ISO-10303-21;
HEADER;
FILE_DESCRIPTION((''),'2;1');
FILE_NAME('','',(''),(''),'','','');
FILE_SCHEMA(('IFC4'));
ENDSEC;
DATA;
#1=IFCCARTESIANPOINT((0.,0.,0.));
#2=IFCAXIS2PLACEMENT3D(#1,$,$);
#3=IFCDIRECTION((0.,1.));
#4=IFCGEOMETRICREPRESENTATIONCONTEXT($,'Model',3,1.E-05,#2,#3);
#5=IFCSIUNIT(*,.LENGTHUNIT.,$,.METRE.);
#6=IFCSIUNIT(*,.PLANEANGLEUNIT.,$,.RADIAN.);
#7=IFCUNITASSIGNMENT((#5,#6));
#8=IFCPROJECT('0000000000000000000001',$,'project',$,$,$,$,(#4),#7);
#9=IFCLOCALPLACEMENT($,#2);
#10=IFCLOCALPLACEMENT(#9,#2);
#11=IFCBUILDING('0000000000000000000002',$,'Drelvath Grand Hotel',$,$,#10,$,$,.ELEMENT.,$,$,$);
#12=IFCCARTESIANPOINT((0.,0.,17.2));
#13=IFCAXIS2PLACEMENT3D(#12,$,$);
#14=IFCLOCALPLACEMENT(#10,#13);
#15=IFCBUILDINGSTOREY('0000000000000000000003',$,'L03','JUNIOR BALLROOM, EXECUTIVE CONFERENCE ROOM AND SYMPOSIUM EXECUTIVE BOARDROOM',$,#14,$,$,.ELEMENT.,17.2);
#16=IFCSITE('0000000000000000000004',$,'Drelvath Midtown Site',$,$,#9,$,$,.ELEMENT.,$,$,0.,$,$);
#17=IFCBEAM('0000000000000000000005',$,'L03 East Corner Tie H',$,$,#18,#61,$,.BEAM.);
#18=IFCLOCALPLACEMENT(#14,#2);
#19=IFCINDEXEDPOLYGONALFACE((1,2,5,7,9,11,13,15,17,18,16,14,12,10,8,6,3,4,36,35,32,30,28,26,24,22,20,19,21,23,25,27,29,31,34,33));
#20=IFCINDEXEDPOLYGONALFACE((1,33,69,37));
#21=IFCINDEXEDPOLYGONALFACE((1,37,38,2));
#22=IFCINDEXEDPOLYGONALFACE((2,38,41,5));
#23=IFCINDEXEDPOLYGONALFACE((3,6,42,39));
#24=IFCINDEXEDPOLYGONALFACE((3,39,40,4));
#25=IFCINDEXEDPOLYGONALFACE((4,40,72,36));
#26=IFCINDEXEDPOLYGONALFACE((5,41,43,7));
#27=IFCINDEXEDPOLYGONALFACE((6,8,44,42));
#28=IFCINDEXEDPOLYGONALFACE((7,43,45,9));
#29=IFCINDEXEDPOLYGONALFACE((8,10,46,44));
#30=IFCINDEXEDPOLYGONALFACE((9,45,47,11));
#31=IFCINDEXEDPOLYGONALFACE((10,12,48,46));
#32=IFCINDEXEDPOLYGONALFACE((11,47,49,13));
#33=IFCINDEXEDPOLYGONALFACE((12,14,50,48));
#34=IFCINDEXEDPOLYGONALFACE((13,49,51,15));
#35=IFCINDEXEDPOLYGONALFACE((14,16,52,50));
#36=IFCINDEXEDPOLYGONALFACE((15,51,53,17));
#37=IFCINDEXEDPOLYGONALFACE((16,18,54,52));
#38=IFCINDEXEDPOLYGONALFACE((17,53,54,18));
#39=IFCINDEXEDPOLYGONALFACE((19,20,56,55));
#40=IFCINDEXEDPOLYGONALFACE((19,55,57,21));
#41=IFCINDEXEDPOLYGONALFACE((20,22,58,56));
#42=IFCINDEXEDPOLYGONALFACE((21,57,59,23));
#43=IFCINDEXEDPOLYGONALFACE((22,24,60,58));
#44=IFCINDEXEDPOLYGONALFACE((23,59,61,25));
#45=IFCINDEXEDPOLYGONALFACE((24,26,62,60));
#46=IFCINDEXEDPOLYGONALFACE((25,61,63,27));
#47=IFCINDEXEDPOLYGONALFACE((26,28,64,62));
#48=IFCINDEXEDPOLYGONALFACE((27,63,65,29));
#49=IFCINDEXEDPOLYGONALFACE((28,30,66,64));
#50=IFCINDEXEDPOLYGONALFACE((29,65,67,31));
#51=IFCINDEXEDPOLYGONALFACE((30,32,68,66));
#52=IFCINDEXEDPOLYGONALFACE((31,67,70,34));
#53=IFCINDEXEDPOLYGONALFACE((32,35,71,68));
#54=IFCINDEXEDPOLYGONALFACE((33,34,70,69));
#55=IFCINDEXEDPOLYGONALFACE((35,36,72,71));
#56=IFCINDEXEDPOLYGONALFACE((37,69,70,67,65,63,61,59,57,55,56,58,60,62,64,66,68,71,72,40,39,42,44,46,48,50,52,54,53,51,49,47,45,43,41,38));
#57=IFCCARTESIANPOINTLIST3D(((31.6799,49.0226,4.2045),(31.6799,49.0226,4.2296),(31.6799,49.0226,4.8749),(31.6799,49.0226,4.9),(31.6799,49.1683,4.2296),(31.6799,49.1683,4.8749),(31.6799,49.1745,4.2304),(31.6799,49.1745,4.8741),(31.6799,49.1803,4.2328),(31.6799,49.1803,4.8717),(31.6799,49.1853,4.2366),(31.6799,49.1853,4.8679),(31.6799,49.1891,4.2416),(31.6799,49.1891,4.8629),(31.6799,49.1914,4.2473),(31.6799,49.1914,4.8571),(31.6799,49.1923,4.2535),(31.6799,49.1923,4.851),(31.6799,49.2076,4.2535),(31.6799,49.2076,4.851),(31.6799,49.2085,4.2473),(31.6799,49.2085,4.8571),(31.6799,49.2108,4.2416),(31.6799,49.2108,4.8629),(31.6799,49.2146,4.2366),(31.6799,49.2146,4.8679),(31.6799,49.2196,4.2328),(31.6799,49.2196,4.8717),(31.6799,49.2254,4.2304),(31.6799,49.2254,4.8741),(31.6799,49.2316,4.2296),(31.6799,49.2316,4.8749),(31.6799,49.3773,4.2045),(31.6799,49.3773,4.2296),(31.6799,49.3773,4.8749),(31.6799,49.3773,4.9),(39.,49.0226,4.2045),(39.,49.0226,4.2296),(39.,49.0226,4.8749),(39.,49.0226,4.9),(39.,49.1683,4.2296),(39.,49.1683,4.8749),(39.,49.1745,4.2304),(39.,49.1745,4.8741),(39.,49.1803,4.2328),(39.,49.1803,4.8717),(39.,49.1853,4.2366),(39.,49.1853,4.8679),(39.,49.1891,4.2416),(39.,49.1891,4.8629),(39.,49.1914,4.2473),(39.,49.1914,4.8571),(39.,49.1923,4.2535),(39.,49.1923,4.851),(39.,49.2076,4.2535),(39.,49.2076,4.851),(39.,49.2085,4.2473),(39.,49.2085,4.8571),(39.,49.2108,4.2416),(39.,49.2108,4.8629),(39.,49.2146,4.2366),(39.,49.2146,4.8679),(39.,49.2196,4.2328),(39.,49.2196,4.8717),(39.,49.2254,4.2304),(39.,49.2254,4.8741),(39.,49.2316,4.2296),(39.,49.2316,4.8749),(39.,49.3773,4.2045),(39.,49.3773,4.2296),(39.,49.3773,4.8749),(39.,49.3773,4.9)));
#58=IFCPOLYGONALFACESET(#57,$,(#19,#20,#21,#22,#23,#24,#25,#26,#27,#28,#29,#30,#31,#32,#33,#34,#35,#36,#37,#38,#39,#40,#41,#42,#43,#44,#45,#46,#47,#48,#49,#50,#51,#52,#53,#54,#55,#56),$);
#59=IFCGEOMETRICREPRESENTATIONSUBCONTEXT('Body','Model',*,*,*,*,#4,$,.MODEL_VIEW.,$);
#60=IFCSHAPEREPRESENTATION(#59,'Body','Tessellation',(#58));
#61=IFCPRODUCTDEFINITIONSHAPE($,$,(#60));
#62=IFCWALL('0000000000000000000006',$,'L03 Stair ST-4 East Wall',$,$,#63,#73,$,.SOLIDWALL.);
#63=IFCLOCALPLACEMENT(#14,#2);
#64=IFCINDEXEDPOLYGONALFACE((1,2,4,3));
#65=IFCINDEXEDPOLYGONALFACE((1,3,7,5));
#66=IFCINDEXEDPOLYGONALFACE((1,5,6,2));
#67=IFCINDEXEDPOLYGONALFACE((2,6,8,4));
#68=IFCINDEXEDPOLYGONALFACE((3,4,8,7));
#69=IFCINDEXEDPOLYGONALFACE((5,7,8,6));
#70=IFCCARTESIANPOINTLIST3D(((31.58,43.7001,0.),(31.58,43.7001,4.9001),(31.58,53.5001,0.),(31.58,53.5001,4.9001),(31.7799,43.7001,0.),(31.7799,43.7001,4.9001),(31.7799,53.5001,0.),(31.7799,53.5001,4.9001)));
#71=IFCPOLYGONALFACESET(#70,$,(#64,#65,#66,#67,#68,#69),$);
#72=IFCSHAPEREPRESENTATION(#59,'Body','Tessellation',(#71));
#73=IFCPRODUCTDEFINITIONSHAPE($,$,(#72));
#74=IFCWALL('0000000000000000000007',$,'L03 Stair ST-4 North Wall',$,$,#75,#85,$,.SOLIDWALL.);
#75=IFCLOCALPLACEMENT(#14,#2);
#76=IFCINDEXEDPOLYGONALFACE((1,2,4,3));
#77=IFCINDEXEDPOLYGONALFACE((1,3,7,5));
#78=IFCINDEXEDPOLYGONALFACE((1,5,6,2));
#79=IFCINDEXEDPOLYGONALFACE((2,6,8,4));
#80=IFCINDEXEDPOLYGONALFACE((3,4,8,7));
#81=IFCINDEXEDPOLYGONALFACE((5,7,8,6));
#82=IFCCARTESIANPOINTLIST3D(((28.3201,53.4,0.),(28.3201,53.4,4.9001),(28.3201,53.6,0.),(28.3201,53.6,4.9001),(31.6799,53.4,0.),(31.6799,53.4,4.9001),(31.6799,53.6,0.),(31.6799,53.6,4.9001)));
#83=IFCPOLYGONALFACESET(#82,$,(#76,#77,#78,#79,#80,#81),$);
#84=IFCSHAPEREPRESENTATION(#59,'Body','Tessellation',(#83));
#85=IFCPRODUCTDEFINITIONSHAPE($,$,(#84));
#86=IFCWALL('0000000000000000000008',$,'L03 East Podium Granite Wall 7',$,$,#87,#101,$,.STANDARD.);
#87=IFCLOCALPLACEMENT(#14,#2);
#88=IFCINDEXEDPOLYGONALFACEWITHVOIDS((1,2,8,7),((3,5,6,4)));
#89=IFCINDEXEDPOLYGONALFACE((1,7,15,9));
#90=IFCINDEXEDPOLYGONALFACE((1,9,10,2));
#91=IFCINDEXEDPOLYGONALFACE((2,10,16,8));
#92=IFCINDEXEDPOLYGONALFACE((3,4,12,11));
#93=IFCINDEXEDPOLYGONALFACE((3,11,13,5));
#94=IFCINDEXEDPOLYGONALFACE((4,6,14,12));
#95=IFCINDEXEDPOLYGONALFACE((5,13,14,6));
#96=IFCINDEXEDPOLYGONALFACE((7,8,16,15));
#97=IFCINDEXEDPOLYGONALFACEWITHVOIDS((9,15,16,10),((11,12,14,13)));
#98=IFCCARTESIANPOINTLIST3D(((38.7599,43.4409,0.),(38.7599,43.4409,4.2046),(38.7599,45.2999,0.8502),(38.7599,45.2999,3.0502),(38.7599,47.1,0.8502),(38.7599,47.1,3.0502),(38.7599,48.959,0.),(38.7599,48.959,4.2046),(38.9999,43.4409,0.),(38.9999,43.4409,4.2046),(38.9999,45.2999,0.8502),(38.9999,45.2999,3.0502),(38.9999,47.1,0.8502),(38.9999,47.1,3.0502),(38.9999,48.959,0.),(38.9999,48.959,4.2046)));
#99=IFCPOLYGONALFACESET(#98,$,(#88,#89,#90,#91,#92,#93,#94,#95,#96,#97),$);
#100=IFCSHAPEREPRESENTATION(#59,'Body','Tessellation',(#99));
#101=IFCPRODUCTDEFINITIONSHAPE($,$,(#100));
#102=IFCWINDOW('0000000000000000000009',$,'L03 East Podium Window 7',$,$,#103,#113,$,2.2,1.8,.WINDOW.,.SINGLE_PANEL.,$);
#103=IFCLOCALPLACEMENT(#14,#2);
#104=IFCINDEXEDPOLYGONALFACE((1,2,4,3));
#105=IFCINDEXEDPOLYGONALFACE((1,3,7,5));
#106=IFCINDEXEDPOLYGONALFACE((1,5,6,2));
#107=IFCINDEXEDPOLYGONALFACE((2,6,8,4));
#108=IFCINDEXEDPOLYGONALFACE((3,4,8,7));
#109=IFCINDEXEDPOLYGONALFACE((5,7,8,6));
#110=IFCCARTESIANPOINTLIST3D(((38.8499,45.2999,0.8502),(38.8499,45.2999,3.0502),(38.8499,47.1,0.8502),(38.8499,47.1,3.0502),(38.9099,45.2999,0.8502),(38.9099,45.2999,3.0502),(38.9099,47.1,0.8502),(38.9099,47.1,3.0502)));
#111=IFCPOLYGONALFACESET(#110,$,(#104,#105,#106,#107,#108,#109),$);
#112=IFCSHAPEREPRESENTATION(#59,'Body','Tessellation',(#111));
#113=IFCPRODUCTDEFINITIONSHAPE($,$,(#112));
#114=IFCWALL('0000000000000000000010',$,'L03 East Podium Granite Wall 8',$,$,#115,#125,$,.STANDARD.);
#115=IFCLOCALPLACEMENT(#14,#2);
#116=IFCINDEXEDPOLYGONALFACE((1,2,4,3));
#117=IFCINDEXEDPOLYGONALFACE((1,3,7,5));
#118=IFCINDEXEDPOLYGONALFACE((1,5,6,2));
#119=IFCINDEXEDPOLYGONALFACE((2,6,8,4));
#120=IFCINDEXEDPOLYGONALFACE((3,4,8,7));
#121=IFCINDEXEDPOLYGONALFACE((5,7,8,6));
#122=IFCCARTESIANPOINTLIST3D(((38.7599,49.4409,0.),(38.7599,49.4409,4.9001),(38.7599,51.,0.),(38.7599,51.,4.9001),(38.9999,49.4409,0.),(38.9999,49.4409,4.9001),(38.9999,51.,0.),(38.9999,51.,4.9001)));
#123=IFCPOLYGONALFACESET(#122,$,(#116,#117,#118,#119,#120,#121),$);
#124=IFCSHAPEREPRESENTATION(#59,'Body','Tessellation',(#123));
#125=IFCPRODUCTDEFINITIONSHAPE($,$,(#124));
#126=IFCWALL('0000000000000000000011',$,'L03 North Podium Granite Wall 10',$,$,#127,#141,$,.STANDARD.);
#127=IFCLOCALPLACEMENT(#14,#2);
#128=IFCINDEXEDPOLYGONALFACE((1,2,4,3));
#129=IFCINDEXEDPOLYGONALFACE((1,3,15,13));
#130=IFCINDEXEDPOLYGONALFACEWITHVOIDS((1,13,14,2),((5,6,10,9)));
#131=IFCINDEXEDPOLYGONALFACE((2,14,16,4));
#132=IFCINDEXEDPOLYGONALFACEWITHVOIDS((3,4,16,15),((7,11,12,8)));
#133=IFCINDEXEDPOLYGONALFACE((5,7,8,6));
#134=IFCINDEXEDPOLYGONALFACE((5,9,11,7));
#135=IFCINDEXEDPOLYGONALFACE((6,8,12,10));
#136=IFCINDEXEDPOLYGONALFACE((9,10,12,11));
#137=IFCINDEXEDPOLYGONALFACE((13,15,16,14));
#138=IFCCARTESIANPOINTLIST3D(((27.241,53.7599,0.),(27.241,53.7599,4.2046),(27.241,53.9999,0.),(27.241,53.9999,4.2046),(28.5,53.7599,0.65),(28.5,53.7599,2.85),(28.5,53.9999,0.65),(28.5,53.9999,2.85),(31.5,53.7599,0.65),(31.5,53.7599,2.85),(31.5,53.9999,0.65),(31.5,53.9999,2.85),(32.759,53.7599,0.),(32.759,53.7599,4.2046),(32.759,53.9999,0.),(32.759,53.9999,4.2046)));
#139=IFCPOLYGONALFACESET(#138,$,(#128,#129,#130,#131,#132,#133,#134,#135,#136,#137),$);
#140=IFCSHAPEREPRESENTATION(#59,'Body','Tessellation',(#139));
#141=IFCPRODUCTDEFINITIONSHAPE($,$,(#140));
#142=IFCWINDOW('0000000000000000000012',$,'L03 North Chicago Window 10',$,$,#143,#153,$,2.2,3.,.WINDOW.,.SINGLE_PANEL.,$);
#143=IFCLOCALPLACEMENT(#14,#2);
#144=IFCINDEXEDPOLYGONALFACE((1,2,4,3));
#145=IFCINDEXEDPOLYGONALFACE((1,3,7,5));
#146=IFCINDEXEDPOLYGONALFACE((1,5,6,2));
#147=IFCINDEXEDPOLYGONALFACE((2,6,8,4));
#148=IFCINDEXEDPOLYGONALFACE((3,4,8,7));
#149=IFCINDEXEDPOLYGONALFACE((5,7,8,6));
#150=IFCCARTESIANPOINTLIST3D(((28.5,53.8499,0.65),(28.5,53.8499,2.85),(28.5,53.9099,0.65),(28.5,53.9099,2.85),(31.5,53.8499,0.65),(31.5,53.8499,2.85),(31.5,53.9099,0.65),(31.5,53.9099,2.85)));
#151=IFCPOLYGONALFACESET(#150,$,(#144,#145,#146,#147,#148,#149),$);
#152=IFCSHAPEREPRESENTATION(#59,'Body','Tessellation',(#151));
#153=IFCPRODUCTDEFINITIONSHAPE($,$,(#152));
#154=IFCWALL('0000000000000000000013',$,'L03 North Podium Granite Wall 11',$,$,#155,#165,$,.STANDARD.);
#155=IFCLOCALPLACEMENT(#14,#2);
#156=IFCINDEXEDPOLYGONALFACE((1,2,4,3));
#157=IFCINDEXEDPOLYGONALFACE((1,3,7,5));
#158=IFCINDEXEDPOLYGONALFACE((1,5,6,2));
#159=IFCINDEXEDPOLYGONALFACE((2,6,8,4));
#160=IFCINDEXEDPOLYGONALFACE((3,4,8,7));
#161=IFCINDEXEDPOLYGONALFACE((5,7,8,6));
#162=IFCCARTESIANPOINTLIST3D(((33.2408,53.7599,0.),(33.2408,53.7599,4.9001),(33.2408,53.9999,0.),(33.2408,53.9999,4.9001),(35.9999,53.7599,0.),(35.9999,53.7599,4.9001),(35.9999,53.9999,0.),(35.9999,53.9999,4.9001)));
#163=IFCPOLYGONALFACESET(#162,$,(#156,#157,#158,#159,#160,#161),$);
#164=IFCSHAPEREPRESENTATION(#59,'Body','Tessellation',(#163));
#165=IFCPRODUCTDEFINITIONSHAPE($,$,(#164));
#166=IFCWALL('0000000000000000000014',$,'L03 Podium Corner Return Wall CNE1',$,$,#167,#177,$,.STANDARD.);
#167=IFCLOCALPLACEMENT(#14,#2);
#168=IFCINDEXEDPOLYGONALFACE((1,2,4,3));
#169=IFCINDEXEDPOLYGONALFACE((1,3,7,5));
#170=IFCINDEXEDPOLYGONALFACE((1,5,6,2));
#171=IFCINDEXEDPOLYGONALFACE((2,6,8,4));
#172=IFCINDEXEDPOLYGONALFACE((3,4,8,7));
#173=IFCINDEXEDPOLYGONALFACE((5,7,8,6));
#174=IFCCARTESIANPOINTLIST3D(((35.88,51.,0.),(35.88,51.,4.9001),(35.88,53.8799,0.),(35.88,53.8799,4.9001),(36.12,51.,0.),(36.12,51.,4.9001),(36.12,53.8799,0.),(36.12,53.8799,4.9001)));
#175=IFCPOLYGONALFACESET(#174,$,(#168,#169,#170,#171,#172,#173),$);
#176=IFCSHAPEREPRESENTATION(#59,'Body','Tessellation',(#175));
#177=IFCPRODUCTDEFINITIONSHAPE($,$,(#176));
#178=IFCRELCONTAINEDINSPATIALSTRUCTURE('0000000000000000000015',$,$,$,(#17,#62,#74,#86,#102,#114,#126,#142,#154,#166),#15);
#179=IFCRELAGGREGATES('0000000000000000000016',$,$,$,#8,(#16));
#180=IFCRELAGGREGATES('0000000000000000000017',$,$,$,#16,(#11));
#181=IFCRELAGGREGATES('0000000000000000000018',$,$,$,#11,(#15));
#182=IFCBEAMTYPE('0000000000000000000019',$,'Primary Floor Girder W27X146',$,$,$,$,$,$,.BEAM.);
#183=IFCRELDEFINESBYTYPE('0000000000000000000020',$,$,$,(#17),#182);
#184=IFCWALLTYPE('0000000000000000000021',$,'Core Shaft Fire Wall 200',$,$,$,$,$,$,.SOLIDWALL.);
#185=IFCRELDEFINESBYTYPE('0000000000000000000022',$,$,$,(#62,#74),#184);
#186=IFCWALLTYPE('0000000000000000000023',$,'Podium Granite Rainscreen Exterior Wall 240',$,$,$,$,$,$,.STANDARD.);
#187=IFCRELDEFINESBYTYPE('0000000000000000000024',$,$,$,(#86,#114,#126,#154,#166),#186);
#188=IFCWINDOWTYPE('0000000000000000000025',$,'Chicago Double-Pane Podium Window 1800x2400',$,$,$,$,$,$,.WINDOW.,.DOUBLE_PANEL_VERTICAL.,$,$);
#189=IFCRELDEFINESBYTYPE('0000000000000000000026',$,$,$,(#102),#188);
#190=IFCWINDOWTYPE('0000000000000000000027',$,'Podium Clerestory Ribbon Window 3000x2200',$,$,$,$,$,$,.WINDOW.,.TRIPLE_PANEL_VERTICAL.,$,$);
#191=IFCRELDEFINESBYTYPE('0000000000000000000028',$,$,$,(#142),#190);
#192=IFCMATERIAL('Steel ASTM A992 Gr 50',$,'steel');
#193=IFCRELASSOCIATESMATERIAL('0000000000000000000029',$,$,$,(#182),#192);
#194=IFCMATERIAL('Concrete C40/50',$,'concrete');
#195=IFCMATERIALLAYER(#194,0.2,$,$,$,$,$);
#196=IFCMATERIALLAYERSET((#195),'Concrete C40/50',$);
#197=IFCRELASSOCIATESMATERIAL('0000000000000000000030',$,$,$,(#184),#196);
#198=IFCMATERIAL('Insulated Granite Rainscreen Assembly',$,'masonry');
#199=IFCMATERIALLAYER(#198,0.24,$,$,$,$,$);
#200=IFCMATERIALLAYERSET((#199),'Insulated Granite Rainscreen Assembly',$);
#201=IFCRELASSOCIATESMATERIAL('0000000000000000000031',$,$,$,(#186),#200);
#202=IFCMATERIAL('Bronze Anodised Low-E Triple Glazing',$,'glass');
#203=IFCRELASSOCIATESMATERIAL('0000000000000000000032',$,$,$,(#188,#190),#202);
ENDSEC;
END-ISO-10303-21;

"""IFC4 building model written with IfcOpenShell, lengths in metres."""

from ifc_helpers import new_model, si_unit, direction, frame, frame_2d, origin, origin_2d, place, context, subcontext, project, spatial, rectangle, i_section, extrude, material, layer, layer_set, material_profile, profile_set, type_object, element, fill, save


model = new_model("IFC4")

# Units and contexts
model_context = context("Model", 3, precision=1e-05, world=origin(), true_north=direction((0.0, 1.0)))
body_context = subcontext(model_context, "Body", "Model", "MODEL_VIEW")
ifc_project = project(units=[si_unit("LENGTHUNIT", "METRE"), si_unit("PLANEANGLEUNIT", "RADIAN")], contexts=[model_context])

# Site, building, storey
site_placement = place(None, origin())
site = spatial("IfcSite", under=ifc_project, at=site_placement, Name="Drelvath Midtown Site", CompositionType="ELEMENT", RefElevation=0.0)
building_placement = place(site_placement, origin())
building = spatial("IfcBuilding", under=site, at=building_placement, Name="Drelvath Grand Hotel", CompositionType="ELEMENT")
storey_placement = place(building_placement, frame((0.0, 0.0, 17.2)))
storey = spatial("IfcBuildingStorey", under=building, at=storey_placement, Name="L03", Description="JUNIOR BALLROOM, EXECUTIVE CONFERENCE ROOM AND SYMPOSIUM EXECUTIVE BOARDROOM", CompositionType="ELEMENT", Elevation=17.2)

# Beam
ifc_material_1 = material(Name="Steel ASTM A992 Gr 50", Category="steel")
ifc_material_profile_1 = material_profile(ifc_material_1, i_section(OverallWidth=0.3547, OverallDepth=0.6956, WebThickness=0.0154, FlangeThickness=0.0251, FilletRadius=0.0239, at=origin_2d()), Name="W27X146")
ifc_profile_set_1 = profile_set([ifc_material_profile_1], Name="Steel ASTM A992 Gr 50")
beam_type = type_object("IfcBeamType", Name="Primary Floor Girder W27X146", PredefinedType="BEAM", material=ifc_profile_set_1)
beam_placement = place(storey_placement, frame((31.6799, 49.2, 4.5522), z_axis=(1.0, 0.0, 0.0), x_axis=(0.0, 1.0, 0.0)))
element("IfcBeam", 1, at=beam_placement, inside=storey, type_object=beam_type, Name="L03 East Corner Tie H", PredefinedType="BEAM", context=body_context, shape_type="SweptSolid", body=[
    extrude(i_section(OverallWidth=0.3547, OverallDepth=0.6956, WebThickness=0.0154, FlangeThickness=0.0251, FilletRadius=0.0239, at=origin_2d()), origin(), (0.0, 0.0, 1.0), 7.3201),
])

# Walls
ifc_material_2 = material(Name="Concrete C40/50", Category="concrete")
ifc_layer_1 = layer(ifc_material_2, 0.2)
ifc_layer_set_1 = layer_set([ifc_layer_1], Name="Concrete C40/50")
wall_type_1 = type_object("IfcWallType", Name="Core Shaft Fire Wall 200", PredefinedType="SOLIDWALL", material=ifc_layer_set_1)
wall_1_placement = place(storey_placement, frame((31.6799, 53.5, 0.0), z_axis=(0.0, 0.0, 1.0), x_axis=(0.0, -1.0, 0.0)))
element("IfcWall", 2, at=wall_1_placement, inside=storey, type_object=wall_type_1, Name="L03 Stair ST-4 East Wall", PredefinedType="SOLIDWALL", context=body_context, shape_type="SweptSolid", body=[
    extrude(rectangle(XDim=9.8, YDim=0.2, at=frame_2d((4.8999, 0.0))), origin(), (0.0, 0.0, 1.0), 4.9001),
])
wall_2_placement = place(storey_placement, frame((31.6799, 53.5, 0.0), z_axis=(0.0, 0.0, 1.0), x_axis=(-1.0, 0.0, 0.0)))
element("IfcWall", 3, at=wall_2_placement, inside=storey, type_object=wall_type_1, Name="L03 Stair ST-4 North Wall", PredefinedType="SOLIDWALL", context=body_context, shape_type="SweptSolid", body=[
    extrude(rectangle(XDim=3.3599, YDim=0.2, at=frame_2d((1.6799, 0.0))), origin(), (0.0, 0.0, 1.0), 4.9001),
])

# Wall, opening, window
ifc_material_3 = material(Name="Insulated Granite Rainscreen Assembly", Category="masonry")
ifc_layer_2 = layer(ifc_material_3, 0.24)
ifc_layer_set_2 = layer_set([ifc_layer_2], Name="Insulated Granite Rainscreen Assembly")
wall_type_2 = type_object("IfcWallType", Name="Podium Granite Rainscreen Exterior Wall 240", PredefinedType="STANDARD", material=ifc_layer_set_2)
wall_3_placement = place(storey_placement, frame((38.8799, 48.959, 0.0), z_axis=(0.0, 0.0, 1.0), x_axis=(0.0, -1.0, 0.0)))
wall_3 = element("IfcWall", 4, at=wall_3_placement, inside=storey, type_object=wall_type_2, Name="L03 East Podium Granite Wall 7", PredefinedType="STANDARD", context=body_context, shape_type="SweptSolid", body=[
    extrude(rectangle(XDim=5.5181, YDim=0.24, at=frame_2d((2.759, 0.0))), origin(), (0.0, 0.0, 1.0), 4.2046),
])
opening_1_placement = place(wall_3_placement, frame((1.8591, 0.0, 0.8501)))
opening_1 = element("IfcOpeningElement", 5, at=opening_1_placement, cuts=wall_3, PredefinedType="OPENING", context=body_context, shape_type="SweptSolid", body=[
    extrude(rectangle(XDim=1.8, YDim=2.2, at=frame_2d((0.8999, 1.1001))), frame((0.0, 0.1299, 0.0), z_axis=(0.0, -1.0, 0.0), x_axis=(1.0, 0.0, 0.0)), (0.0, 0.0, 1.0), 0.26),
])
ifc_material_4 = material(Name="Bronze Anodised Low-E Triple Glazing", Category="glass")
window_type_1 = type_object("IfcWindowType", Name="Chicago Double-Pane Podium Window 1800x2400", PartitioningType="DOUBLE_PANEL_VERTICAL", PredefinedType="WINDOW", material=ifc_material_4)
window_1_placement = place(opening_1_placement, origin())
window_1 = element("IfcWindow", 6, at=window_1_placement, inside=storey, type_object=window_type_1, Name="L03 East Podium Window 7", OverallHeight=2.2, OverallWidth=1.8, PartitioningType="SINGLE_PANEL", PredefinedType="WINDOW", context=body_context, shape_type="SweptSolid", body=[
    extrude(rectangle(XDim=1.8, YDim=2.2, at=frame_2d((0.8999, 1.1001))), frame((0.0, 0.03, 0.0), z_axis=(0.0, -1.0, 0.0), x_axis=(1.0, 0.0, 0.0)), (0.0, 0.0, 1.0), 0.0601),
])
fill(opening_1, window_1)

# Wall
wall_4_placement = place(storey_placement, frame((38.8799, 51.0, 0.0), z_axis=(0.0, 0.0, 1.0), x_axis=(0.0, -1.0, 0.0)))
element("IfcWall", 7, at=wall_4_placement, inside=storey, type_object=wall_type_2, Name="L03 East Podium Granite Wall 8", PredefinedType="STANDARD", context=body_context, shape_type="SweptSolid", body=[
    extrude(rectangle(XDim=1.5591, YDim=0.24, at=frame_2d((0.7795, 0.0))), origin(), (0.0, 0.0, 1.0), 4.9001),
])

# Wall, opening, window
wall_5_placement = place(storey_placement, frame((27.241, 53.8799, 0.0), z_axis=(0.0, 0.0, 1.0), x_axis=(1.0, 0.0, 0.0)))
wall_5 = element("IfcWall", 8, at=wall_5_placement, inside=storey, type_object=wall_type_2, Name="L03 North Podium Granite Wall 10", PredefinedType="STANDARD", context=body_context, shape_type="SweptSolid", body=[
    extrude(rectangle(XDim=5.5181, YDim=0.24, at=frame_2d((2.759, 0.0))), origin(), (0.0, 0.0, 1.0), 4.2046),
])
opening_2_placement = place(wall_5_placement, frame((1.259, 0.0, 0.6499)))
opening_2 = element("IfcOpeningElement", 9, at=opening_2_placement, cuts=wall_5, PredefinedType="OPENING", context=body_context, shape_type="SweptSolid", body=[
    extrude(rectangle(XDim=3.0, YDim=2.2, at=frame_2d((1.5, 1.1001))), frame((0.0, 0.1299, 0.0), z_axis=(0.0, -1.0, 0.0), x_axis=(1.0, 0.0, 0.0)), (0.0, 0.0, 1.0), 0.26),
])
window_type_2 = type_object("IfcWindowType", Name="Podium Clerestory Ribbon Window 3000x2200", PartitioningType="TRIPLE_PANEL_VERTICAL", PredefinedType="WINDOW", material=ifc_material_4)
window_2_placement = place(opening_2_placement, origin())
window_2 = element("IfcWindow", 10, at=window_2_placement, inside=storey, type_object=window_type_2, Name="L03 North Chicago Window 10", OverallHeight=2.2, OverallWidth=3.0, PartitioningType="SINGLE_PANEL", PredefinedType="WINDOW", context=body_context, shape_type="SweptSolid", body=[
    extrude(rectangle(XDim=3.0, YDim=2.2, at=frame_2d((1.5, 1.1001))), frame((0.0, 0.03, 0.0), z_axis=(0.0, -1.0, 0.0), x_axis=(1.0, 0.0, 0.0)), (0.0, 0.0, 1.0), 0.0601),
])
fill(opening_2, window_2)

# Walls
wall_6_placement = place(storey_placement, frame((33.241, 53.8799, 0.0), z_axis=(0.0, 0.0, 1.0), x_axis=(1.0, 0.0, 0.0)))
element("IfcWall", 11, at=wall_6_placement, inside=storey, type_object=wall_type_2, Name="L03 North Podium Granite Wall 11", PredefinedType="STANDARD", context=body_context, shape_type="SweptSolid", body=[
    extrude(rectangle(XDim=2.759, YDim=0.24, at=frame_2d((1.3794, 0.0))), origin(), (0.0, 0.0, 1.0), 4.9001),
])
for number, where, z_axis, x_axis, name in (
    (12, (36.0, 53.8799, 0.0), (0.0, 0.0, 1.0), (0.0, -1.0, 0.0), "L03 Podium Corner Return Wall CNE1"),
):
    element("IfcWall", number, at=place(storey_placement, frame(where, z_axis=z_axis, x_axis=x_axis)), inside=storey, type_object=wall_type_2, Name=name, PredefinedType="STANDARD", context=body_context, shape_type="SweptSolid", body=[
        extrude(rectangle(XDim=2.8799, YDim=0.24, at=frame_2d((1.4399, 0.0))), origin(), (0.0, 0.0, 1.0), 4.9001),
    ])

save(model, "model.ifc")
